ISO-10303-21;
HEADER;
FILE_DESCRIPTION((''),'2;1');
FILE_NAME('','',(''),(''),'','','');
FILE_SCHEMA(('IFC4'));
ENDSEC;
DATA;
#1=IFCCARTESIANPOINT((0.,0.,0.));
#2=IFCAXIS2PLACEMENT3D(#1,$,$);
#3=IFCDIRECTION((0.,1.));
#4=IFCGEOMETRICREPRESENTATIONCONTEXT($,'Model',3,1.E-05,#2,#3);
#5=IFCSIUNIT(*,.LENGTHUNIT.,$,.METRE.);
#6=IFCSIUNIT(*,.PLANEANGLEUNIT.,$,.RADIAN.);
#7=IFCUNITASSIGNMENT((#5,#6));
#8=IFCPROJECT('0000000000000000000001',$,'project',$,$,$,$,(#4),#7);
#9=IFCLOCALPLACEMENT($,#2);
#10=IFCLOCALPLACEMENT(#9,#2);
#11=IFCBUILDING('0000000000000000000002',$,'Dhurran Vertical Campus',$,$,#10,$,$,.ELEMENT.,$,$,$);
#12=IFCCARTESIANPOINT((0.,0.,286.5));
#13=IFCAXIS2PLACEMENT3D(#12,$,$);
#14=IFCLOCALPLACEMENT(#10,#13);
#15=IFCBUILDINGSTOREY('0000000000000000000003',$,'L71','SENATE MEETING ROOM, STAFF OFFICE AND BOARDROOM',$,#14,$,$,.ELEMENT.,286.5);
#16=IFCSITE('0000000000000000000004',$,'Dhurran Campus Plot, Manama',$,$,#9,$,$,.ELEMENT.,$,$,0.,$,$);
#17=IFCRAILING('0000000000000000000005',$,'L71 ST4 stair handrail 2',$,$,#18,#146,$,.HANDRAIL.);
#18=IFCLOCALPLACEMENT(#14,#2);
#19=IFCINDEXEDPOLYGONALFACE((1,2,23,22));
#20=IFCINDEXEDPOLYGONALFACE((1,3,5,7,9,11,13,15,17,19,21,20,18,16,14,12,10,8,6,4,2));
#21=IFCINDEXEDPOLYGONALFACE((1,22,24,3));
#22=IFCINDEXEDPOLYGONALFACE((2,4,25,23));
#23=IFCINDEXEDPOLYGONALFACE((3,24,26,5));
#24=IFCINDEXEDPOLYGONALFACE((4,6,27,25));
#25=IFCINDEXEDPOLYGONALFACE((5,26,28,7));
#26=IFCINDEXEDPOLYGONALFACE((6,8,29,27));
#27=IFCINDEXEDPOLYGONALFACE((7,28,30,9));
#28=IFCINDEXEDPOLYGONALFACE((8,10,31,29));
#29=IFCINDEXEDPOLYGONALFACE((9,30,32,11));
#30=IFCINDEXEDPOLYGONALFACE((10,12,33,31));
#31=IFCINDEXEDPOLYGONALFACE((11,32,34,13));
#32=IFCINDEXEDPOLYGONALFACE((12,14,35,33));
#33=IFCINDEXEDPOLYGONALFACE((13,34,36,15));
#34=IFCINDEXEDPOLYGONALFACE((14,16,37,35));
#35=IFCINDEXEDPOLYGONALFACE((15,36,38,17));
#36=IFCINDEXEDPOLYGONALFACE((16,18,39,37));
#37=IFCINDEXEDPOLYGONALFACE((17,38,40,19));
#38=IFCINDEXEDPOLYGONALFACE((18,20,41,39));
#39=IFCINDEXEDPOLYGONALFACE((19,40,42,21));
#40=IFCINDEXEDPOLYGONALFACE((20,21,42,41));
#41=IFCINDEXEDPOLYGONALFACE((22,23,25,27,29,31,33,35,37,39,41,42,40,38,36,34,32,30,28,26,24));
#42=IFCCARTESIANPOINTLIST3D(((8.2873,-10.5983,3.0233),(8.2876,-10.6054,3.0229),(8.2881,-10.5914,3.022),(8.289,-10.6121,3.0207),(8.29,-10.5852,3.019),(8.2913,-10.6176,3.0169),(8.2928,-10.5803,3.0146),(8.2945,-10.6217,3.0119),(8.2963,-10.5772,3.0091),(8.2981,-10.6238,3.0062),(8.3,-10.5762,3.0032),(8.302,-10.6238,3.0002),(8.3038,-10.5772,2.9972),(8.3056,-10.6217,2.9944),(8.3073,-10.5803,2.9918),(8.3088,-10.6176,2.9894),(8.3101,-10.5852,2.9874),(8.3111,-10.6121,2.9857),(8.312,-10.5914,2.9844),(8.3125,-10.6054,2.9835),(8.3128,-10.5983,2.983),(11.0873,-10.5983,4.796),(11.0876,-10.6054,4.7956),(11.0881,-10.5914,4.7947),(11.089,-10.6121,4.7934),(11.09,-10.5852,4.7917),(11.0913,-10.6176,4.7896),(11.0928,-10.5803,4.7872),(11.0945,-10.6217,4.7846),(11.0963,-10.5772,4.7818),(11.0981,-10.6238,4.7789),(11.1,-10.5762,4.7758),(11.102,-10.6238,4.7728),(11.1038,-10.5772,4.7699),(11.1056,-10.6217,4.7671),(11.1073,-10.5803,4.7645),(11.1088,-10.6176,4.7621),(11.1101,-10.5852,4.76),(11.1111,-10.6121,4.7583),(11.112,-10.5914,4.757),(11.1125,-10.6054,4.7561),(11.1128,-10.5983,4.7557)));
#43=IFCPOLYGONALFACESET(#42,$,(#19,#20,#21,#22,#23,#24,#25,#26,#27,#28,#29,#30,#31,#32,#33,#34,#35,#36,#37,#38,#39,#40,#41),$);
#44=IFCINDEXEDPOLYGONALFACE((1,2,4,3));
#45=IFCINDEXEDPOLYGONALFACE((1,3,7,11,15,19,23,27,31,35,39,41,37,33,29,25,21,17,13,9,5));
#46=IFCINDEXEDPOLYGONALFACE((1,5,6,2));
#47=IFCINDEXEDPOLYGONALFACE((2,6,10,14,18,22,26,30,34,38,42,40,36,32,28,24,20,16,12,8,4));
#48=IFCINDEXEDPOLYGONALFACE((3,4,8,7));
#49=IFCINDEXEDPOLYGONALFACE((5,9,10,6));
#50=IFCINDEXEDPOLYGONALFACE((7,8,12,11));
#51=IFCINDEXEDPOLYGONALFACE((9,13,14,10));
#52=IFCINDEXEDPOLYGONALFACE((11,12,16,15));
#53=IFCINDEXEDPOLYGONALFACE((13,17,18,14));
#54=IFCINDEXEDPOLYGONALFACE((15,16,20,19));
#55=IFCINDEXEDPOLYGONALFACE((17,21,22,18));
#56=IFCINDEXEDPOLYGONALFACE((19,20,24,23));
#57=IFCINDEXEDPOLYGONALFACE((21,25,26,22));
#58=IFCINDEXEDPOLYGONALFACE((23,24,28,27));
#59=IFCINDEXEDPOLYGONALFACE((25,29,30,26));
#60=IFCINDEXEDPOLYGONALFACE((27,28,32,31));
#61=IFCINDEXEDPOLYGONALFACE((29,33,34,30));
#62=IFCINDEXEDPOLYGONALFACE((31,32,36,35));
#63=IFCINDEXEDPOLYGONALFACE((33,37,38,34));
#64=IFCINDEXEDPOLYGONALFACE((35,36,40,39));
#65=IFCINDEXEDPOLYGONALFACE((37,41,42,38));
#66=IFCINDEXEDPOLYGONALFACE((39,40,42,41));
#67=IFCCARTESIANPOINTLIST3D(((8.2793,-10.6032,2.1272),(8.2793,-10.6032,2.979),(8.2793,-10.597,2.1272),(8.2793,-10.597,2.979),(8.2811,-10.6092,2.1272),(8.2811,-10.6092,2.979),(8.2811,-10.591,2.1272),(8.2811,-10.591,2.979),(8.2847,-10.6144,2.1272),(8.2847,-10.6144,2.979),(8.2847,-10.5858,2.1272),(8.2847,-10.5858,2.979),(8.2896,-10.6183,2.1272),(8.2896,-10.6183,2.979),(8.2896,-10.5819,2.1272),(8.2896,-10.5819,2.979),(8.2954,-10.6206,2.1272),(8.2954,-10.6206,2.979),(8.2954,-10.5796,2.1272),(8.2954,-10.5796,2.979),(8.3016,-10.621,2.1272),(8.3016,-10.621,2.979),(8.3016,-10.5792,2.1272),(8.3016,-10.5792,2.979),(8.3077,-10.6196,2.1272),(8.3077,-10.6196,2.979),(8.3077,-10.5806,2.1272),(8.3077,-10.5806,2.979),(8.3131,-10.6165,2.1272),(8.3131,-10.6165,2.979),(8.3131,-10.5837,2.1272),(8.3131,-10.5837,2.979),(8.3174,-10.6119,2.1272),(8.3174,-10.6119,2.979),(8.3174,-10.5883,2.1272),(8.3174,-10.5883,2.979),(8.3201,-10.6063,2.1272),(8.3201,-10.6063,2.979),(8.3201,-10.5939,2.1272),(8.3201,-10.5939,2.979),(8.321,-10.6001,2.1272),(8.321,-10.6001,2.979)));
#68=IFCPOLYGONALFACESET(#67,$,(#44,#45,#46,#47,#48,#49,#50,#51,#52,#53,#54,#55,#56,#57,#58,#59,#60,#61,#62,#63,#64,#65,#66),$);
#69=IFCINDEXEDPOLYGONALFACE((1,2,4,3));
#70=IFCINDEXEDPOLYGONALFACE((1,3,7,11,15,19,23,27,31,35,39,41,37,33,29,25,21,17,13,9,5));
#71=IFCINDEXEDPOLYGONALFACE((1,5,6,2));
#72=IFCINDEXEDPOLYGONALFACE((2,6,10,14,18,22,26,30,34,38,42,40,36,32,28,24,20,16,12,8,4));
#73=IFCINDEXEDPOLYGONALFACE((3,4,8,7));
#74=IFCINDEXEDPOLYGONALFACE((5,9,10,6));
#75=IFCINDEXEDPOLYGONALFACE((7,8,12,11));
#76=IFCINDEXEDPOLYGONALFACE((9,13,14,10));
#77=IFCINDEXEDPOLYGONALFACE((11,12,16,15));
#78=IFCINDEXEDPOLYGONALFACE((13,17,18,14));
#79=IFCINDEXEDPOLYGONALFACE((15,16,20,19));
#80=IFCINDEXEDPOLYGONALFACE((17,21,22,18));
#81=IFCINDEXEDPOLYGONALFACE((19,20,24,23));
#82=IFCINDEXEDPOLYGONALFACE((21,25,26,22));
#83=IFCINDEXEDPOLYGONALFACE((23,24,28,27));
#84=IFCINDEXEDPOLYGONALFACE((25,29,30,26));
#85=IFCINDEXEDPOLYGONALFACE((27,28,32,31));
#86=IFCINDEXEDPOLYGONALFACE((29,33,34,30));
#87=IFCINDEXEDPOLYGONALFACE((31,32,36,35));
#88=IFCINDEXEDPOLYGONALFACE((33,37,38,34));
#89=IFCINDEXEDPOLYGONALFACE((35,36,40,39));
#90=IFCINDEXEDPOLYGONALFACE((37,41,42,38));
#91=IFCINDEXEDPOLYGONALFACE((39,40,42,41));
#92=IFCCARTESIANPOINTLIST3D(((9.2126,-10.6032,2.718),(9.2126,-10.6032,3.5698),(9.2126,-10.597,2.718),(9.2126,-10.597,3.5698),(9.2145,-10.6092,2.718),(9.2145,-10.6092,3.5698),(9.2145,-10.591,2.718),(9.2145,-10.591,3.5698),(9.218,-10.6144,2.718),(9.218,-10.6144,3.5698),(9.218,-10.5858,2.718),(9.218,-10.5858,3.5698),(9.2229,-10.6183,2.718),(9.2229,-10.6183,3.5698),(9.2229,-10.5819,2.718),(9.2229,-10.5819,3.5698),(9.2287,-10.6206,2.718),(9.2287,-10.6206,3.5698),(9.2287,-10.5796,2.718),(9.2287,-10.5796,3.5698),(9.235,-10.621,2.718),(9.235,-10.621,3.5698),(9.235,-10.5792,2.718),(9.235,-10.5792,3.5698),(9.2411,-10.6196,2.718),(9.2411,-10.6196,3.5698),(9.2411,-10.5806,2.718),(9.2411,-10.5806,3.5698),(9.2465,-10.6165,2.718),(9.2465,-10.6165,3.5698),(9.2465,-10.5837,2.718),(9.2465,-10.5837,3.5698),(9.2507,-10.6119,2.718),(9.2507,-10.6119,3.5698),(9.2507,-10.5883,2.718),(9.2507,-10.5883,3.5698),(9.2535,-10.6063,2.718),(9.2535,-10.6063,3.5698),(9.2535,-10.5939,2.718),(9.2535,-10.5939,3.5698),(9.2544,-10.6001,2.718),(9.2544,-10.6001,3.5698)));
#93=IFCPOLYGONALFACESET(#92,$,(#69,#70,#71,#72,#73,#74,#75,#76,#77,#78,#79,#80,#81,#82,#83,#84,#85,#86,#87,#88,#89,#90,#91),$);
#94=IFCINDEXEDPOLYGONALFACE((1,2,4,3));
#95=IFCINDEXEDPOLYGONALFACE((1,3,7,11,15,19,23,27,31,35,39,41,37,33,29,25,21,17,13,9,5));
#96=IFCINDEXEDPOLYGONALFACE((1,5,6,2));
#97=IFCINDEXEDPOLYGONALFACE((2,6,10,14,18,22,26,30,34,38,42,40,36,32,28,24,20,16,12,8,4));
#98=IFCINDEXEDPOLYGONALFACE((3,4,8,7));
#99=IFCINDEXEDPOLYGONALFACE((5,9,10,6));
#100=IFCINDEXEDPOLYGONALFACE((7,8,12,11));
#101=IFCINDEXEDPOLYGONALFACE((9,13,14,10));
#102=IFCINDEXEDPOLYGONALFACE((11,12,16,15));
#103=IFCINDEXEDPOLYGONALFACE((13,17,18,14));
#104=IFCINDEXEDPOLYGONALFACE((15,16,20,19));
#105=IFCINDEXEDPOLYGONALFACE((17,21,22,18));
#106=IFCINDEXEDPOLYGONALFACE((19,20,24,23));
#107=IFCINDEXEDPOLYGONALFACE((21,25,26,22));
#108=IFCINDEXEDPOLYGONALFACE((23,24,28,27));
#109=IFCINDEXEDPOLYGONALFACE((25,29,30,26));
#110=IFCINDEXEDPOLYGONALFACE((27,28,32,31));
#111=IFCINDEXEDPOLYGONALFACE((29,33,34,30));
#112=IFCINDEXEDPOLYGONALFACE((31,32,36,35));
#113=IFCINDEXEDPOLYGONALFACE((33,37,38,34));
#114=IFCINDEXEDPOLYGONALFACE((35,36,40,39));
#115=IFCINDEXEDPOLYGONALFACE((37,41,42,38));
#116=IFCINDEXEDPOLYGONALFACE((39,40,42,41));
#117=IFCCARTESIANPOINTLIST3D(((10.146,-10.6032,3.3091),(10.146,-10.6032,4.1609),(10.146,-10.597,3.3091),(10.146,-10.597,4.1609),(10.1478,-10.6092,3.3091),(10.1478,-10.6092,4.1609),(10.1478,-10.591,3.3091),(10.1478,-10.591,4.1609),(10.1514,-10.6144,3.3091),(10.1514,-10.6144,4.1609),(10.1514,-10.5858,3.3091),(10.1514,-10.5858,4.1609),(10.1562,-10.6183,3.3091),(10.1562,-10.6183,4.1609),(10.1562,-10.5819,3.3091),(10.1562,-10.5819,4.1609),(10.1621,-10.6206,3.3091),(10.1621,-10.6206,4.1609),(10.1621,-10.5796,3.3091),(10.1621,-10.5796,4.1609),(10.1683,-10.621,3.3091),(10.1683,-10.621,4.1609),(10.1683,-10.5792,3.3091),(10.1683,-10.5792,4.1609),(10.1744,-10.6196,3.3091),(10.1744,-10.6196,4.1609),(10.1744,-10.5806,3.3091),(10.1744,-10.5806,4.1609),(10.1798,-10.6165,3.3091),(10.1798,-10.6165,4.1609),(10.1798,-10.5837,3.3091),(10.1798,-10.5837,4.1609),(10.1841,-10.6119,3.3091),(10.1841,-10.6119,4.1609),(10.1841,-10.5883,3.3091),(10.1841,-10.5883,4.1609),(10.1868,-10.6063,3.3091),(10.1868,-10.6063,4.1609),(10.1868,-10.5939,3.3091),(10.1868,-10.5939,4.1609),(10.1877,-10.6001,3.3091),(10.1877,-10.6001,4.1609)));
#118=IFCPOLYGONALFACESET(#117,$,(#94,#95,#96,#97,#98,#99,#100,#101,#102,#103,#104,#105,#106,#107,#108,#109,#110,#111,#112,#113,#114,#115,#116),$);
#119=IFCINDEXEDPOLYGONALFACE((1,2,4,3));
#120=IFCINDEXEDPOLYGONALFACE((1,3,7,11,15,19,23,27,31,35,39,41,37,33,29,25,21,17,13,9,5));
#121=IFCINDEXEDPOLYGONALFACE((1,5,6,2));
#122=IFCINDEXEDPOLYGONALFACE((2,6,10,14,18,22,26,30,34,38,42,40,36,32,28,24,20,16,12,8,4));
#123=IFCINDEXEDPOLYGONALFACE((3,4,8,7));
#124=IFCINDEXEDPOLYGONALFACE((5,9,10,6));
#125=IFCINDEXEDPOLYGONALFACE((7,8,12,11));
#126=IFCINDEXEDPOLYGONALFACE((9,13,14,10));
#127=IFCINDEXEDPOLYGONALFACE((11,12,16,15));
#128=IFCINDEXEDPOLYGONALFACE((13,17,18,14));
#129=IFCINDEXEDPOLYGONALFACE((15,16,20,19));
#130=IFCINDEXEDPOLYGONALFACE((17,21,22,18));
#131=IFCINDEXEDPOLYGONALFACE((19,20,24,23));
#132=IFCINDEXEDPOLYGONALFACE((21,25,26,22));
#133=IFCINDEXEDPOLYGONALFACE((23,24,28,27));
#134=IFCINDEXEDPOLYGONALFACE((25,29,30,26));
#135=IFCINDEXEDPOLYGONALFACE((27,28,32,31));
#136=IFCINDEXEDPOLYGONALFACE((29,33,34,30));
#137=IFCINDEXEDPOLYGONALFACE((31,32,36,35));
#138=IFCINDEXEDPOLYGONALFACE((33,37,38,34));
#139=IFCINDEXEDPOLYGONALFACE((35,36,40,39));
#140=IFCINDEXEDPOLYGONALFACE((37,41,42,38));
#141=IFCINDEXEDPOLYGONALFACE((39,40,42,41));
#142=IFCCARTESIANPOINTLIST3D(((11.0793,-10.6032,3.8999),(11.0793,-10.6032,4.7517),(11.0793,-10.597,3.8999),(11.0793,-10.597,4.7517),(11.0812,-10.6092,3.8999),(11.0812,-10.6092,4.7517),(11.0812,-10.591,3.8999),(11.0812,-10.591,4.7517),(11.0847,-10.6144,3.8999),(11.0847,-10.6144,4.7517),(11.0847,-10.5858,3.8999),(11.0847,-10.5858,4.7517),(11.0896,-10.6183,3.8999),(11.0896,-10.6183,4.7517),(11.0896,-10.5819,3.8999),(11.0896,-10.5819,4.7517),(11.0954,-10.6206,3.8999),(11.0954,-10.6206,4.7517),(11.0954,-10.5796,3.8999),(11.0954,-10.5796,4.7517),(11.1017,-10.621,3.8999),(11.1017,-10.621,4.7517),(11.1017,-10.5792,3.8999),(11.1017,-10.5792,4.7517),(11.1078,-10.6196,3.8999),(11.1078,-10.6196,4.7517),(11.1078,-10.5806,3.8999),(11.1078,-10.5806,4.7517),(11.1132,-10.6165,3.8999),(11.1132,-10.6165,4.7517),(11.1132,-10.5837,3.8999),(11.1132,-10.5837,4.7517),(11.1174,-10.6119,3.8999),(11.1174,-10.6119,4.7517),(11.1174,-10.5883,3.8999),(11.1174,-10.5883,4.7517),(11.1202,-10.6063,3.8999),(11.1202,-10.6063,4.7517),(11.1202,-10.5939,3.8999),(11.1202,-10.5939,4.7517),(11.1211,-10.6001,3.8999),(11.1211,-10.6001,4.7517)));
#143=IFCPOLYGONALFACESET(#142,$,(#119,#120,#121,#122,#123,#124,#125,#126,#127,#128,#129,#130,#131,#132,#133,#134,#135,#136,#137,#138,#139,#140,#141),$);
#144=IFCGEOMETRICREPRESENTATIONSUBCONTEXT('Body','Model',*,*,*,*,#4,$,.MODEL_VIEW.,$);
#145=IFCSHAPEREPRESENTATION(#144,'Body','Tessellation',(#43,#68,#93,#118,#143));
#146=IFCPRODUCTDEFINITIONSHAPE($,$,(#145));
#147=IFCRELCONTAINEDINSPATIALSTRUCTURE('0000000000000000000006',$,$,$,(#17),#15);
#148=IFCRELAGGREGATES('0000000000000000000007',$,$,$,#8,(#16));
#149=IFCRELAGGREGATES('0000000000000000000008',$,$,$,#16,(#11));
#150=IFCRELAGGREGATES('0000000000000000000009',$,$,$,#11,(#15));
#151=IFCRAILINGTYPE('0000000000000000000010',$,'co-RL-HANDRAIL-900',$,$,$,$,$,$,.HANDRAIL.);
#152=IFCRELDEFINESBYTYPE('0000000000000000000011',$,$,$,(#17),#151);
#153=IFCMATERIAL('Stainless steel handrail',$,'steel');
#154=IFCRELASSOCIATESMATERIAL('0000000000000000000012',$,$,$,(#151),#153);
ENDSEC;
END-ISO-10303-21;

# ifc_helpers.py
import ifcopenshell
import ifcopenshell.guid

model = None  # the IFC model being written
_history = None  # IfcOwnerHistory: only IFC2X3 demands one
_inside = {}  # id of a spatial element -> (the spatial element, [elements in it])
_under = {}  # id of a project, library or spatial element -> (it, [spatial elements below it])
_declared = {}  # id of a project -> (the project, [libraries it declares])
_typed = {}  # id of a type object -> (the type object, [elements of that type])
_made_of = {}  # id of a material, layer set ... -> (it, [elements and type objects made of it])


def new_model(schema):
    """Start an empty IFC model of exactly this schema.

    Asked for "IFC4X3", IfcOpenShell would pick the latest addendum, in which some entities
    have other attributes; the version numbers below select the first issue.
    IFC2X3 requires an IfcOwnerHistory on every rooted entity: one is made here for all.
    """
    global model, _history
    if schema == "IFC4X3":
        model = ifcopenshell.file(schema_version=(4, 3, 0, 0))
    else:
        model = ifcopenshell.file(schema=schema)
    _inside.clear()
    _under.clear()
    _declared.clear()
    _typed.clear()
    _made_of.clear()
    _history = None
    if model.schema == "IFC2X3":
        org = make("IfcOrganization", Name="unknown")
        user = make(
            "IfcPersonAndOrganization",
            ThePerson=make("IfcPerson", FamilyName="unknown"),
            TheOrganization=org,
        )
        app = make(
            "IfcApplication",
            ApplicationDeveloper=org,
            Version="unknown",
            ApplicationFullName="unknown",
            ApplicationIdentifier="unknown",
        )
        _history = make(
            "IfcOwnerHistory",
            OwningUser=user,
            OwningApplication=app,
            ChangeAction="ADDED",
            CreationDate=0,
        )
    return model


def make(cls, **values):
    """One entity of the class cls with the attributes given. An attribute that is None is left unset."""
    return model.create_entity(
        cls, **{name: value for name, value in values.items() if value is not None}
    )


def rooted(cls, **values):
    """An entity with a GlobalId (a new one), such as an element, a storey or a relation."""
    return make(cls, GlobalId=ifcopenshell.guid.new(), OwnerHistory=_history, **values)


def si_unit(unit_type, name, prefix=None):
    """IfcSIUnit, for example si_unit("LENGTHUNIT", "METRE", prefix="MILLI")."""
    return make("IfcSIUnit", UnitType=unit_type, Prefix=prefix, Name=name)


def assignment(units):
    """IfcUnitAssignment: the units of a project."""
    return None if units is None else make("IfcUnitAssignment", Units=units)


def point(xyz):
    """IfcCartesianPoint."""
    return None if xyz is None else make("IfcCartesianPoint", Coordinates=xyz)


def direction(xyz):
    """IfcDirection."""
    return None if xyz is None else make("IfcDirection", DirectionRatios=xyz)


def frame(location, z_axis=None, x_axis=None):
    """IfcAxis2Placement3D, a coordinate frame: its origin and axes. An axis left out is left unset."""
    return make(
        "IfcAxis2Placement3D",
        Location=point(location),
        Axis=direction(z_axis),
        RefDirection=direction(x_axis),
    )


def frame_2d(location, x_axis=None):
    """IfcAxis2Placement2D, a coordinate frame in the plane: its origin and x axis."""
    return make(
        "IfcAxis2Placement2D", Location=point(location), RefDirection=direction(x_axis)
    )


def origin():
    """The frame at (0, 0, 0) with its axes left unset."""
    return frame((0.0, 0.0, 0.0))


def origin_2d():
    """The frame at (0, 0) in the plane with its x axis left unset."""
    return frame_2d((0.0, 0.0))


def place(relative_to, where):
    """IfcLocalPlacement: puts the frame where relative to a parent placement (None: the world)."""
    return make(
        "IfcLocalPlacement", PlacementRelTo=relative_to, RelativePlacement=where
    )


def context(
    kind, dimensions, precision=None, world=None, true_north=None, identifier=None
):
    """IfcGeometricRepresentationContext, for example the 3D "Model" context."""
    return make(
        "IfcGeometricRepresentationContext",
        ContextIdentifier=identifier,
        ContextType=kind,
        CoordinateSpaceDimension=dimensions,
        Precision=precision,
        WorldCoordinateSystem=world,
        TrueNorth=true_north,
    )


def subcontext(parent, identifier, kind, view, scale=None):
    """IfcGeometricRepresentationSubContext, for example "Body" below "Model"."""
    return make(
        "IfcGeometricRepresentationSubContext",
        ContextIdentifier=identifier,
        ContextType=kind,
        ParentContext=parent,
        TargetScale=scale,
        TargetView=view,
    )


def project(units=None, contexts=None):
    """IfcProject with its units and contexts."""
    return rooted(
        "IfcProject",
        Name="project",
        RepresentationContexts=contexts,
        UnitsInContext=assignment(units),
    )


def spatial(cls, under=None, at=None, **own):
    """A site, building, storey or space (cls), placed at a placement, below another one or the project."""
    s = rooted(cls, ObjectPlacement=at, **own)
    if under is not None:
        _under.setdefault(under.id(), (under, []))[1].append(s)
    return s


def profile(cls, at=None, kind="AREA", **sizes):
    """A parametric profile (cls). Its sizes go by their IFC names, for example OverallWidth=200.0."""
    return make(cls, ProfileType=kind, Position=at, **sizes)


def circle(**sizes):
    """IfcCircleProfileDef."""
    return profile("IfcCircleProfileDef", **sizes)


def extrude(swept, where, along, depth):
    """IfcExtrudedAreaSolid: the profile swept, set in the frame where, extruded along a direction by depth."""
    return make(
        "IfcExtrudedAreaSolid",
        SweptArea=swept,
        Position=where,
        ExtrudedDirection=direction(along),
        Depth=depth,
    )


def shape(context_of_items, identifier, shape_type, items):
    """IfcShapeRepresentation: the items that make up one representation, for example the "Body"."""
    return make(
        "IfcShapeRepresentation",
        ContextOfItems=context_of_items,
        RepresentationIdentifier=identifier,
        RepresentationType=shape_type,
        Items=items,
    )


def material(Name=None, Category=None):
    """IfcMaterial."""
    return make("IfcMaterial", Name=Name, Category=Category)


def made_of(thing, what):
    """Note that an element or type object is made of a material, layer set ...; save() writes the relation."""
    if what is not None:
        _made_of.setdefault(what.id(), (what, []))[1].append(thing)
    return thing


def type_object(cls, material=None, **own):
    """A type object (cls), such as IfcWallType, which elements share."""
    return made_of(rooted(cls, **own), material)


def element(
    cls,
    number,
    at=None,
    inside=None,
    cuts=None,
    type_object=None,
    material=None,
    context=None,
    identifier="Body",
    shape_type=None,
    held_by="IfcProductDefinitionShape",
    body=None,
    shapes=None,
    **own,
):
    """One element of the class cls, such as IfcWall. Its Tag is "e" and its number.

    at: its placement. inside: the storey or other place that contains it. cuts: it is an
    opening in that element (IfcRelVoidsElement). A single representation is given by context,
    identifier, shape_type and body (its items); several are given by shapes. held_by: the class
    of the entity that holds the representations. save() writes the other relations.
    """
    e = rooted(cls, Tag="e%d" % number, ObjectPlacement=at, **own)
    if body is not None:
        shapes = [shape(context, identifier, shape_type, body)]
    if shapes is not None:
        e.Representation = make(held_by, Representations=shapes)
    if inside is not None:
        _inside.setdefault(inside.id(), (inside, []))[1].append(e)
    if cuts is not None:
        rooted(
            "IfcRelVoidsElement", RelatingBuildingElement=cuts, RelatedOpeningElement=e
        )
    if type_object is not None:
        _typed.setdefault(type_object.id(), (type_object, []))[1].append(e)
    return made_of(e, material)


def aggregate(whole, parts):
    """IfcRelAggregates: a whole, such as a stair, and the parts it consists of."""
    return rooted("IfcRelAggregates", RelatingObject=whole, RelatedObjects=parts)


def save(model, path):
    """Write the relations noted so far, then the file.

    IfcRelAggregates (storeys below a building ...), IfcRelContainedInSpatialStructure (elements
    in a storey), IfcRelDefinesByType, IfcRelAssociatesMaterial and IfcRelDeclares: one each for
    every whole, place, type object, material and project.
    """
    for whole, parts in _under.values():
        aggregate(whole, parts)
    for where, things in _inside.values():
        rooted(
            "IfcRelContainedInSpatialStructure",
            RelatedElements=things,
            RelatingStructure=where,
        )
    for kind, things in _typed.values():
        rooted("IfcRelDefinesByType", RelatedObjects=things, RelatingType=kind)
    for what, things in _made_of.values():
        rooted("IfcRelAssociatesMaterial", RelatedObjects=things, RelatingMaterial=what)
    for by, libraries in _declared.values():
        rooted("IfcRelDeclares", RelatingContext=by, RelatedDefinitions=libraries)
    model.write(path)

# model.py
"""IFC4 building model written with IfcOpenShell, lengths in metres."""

from ifc_helpers import new_model, si_unit, direction, frame, origin, origin_2d, place, context, subcontext, project, spatial, circle, extrude, material, type_object, element, save


model = new_model("IFC4")

# Units and contexts
model_context = context("Model", 3, precision=1e-05, world=origin(), true_north=direction((0.0, 1.0)))
body_context = subcontext(model_context, "Body", "Model", "MODEL_VIEW")
ifc_project = project(units=[si_unit("LENGTHUNIT", "METRE"), si_unit("PLANEANGLEUNIT", "RADIAN")], contexts=[model_context])

# Site, building, storey
site_placement = place(None, origin())
site = spatial("IfcSite", under=ifc_project, at=site_placement, Name="Dhurran Campus Plot, Manama", CompositionType="ELEMENT", RefElevation=0.0)
building_placement = place(site_placement, origin())
building = spatial("IfcBuilding", under=site, at=building_placement, Name="Dhurran Vertical Campus", CompositionType="ELEMENT")
storey_placement = place(building_placement, frame((0.0, 0.0, 286.5)))
storey = spatial("IfcBuildingStorey", under=building, at=storey_placement, Name="L71", Description="SENATE MEETING ROOM, STAFF OFFICE AND BOARDROOM", CompositionType="ELEMENT", Elevation=286.5)

# Railing
ifc_material_1 = material(Name="Stainless steel handrail", Category="steel")
railing_type_1 = type_object("IfcRailingType", Name="co-RL-HANDRAIL-900", PredefinedType="HANDRAIL", material=ifc_material_1)
railing_1_placement = place(storey_placement, frame((8.3, -10.6001, 2.1272)))
element("IfcRailing", 1, at=railing_1_placement, inside=storey, type_object=railing_type_1, Name="L71 ST4 stair handrail 2", PredefinedType="HANDRAIL", context=body_context, shape_type="SweptSolid", body=[
    extrude(circle(Radius=0.0239, at=origin_2d()), frame((0.0, 0.0, 0.876), z_axis=(0.844909, 0.0, 0.53491), x_axis=(0.0, 1.0, 0.0)), (0.0, 0.0, 1.0), 3.314),
    extrude(circle(Radius=0.021, at=origin_2d()), origin(), (0.0, 0.0, 1.0), 0.8518),
    extrude(circle(Radius=0.021, at=origin_2d()), frame((0.9333, 0.0, 0.5908)), (0.0, 0.0, 1.0), 0.8518),
    extrude(circle(Radius=0.021, at=origin_2d()), frame((1.8667, 0.0, 1.1819)), (0.0, 0.0, 1.0), 0.8518),
    extrude(circle(Radius=0.021, at=origin_2d()), frame((2.8, 0.0, 1.7727)), (0.0, 0.0, 1.0), 0.8518),
])

save(model, "model.ifc")
